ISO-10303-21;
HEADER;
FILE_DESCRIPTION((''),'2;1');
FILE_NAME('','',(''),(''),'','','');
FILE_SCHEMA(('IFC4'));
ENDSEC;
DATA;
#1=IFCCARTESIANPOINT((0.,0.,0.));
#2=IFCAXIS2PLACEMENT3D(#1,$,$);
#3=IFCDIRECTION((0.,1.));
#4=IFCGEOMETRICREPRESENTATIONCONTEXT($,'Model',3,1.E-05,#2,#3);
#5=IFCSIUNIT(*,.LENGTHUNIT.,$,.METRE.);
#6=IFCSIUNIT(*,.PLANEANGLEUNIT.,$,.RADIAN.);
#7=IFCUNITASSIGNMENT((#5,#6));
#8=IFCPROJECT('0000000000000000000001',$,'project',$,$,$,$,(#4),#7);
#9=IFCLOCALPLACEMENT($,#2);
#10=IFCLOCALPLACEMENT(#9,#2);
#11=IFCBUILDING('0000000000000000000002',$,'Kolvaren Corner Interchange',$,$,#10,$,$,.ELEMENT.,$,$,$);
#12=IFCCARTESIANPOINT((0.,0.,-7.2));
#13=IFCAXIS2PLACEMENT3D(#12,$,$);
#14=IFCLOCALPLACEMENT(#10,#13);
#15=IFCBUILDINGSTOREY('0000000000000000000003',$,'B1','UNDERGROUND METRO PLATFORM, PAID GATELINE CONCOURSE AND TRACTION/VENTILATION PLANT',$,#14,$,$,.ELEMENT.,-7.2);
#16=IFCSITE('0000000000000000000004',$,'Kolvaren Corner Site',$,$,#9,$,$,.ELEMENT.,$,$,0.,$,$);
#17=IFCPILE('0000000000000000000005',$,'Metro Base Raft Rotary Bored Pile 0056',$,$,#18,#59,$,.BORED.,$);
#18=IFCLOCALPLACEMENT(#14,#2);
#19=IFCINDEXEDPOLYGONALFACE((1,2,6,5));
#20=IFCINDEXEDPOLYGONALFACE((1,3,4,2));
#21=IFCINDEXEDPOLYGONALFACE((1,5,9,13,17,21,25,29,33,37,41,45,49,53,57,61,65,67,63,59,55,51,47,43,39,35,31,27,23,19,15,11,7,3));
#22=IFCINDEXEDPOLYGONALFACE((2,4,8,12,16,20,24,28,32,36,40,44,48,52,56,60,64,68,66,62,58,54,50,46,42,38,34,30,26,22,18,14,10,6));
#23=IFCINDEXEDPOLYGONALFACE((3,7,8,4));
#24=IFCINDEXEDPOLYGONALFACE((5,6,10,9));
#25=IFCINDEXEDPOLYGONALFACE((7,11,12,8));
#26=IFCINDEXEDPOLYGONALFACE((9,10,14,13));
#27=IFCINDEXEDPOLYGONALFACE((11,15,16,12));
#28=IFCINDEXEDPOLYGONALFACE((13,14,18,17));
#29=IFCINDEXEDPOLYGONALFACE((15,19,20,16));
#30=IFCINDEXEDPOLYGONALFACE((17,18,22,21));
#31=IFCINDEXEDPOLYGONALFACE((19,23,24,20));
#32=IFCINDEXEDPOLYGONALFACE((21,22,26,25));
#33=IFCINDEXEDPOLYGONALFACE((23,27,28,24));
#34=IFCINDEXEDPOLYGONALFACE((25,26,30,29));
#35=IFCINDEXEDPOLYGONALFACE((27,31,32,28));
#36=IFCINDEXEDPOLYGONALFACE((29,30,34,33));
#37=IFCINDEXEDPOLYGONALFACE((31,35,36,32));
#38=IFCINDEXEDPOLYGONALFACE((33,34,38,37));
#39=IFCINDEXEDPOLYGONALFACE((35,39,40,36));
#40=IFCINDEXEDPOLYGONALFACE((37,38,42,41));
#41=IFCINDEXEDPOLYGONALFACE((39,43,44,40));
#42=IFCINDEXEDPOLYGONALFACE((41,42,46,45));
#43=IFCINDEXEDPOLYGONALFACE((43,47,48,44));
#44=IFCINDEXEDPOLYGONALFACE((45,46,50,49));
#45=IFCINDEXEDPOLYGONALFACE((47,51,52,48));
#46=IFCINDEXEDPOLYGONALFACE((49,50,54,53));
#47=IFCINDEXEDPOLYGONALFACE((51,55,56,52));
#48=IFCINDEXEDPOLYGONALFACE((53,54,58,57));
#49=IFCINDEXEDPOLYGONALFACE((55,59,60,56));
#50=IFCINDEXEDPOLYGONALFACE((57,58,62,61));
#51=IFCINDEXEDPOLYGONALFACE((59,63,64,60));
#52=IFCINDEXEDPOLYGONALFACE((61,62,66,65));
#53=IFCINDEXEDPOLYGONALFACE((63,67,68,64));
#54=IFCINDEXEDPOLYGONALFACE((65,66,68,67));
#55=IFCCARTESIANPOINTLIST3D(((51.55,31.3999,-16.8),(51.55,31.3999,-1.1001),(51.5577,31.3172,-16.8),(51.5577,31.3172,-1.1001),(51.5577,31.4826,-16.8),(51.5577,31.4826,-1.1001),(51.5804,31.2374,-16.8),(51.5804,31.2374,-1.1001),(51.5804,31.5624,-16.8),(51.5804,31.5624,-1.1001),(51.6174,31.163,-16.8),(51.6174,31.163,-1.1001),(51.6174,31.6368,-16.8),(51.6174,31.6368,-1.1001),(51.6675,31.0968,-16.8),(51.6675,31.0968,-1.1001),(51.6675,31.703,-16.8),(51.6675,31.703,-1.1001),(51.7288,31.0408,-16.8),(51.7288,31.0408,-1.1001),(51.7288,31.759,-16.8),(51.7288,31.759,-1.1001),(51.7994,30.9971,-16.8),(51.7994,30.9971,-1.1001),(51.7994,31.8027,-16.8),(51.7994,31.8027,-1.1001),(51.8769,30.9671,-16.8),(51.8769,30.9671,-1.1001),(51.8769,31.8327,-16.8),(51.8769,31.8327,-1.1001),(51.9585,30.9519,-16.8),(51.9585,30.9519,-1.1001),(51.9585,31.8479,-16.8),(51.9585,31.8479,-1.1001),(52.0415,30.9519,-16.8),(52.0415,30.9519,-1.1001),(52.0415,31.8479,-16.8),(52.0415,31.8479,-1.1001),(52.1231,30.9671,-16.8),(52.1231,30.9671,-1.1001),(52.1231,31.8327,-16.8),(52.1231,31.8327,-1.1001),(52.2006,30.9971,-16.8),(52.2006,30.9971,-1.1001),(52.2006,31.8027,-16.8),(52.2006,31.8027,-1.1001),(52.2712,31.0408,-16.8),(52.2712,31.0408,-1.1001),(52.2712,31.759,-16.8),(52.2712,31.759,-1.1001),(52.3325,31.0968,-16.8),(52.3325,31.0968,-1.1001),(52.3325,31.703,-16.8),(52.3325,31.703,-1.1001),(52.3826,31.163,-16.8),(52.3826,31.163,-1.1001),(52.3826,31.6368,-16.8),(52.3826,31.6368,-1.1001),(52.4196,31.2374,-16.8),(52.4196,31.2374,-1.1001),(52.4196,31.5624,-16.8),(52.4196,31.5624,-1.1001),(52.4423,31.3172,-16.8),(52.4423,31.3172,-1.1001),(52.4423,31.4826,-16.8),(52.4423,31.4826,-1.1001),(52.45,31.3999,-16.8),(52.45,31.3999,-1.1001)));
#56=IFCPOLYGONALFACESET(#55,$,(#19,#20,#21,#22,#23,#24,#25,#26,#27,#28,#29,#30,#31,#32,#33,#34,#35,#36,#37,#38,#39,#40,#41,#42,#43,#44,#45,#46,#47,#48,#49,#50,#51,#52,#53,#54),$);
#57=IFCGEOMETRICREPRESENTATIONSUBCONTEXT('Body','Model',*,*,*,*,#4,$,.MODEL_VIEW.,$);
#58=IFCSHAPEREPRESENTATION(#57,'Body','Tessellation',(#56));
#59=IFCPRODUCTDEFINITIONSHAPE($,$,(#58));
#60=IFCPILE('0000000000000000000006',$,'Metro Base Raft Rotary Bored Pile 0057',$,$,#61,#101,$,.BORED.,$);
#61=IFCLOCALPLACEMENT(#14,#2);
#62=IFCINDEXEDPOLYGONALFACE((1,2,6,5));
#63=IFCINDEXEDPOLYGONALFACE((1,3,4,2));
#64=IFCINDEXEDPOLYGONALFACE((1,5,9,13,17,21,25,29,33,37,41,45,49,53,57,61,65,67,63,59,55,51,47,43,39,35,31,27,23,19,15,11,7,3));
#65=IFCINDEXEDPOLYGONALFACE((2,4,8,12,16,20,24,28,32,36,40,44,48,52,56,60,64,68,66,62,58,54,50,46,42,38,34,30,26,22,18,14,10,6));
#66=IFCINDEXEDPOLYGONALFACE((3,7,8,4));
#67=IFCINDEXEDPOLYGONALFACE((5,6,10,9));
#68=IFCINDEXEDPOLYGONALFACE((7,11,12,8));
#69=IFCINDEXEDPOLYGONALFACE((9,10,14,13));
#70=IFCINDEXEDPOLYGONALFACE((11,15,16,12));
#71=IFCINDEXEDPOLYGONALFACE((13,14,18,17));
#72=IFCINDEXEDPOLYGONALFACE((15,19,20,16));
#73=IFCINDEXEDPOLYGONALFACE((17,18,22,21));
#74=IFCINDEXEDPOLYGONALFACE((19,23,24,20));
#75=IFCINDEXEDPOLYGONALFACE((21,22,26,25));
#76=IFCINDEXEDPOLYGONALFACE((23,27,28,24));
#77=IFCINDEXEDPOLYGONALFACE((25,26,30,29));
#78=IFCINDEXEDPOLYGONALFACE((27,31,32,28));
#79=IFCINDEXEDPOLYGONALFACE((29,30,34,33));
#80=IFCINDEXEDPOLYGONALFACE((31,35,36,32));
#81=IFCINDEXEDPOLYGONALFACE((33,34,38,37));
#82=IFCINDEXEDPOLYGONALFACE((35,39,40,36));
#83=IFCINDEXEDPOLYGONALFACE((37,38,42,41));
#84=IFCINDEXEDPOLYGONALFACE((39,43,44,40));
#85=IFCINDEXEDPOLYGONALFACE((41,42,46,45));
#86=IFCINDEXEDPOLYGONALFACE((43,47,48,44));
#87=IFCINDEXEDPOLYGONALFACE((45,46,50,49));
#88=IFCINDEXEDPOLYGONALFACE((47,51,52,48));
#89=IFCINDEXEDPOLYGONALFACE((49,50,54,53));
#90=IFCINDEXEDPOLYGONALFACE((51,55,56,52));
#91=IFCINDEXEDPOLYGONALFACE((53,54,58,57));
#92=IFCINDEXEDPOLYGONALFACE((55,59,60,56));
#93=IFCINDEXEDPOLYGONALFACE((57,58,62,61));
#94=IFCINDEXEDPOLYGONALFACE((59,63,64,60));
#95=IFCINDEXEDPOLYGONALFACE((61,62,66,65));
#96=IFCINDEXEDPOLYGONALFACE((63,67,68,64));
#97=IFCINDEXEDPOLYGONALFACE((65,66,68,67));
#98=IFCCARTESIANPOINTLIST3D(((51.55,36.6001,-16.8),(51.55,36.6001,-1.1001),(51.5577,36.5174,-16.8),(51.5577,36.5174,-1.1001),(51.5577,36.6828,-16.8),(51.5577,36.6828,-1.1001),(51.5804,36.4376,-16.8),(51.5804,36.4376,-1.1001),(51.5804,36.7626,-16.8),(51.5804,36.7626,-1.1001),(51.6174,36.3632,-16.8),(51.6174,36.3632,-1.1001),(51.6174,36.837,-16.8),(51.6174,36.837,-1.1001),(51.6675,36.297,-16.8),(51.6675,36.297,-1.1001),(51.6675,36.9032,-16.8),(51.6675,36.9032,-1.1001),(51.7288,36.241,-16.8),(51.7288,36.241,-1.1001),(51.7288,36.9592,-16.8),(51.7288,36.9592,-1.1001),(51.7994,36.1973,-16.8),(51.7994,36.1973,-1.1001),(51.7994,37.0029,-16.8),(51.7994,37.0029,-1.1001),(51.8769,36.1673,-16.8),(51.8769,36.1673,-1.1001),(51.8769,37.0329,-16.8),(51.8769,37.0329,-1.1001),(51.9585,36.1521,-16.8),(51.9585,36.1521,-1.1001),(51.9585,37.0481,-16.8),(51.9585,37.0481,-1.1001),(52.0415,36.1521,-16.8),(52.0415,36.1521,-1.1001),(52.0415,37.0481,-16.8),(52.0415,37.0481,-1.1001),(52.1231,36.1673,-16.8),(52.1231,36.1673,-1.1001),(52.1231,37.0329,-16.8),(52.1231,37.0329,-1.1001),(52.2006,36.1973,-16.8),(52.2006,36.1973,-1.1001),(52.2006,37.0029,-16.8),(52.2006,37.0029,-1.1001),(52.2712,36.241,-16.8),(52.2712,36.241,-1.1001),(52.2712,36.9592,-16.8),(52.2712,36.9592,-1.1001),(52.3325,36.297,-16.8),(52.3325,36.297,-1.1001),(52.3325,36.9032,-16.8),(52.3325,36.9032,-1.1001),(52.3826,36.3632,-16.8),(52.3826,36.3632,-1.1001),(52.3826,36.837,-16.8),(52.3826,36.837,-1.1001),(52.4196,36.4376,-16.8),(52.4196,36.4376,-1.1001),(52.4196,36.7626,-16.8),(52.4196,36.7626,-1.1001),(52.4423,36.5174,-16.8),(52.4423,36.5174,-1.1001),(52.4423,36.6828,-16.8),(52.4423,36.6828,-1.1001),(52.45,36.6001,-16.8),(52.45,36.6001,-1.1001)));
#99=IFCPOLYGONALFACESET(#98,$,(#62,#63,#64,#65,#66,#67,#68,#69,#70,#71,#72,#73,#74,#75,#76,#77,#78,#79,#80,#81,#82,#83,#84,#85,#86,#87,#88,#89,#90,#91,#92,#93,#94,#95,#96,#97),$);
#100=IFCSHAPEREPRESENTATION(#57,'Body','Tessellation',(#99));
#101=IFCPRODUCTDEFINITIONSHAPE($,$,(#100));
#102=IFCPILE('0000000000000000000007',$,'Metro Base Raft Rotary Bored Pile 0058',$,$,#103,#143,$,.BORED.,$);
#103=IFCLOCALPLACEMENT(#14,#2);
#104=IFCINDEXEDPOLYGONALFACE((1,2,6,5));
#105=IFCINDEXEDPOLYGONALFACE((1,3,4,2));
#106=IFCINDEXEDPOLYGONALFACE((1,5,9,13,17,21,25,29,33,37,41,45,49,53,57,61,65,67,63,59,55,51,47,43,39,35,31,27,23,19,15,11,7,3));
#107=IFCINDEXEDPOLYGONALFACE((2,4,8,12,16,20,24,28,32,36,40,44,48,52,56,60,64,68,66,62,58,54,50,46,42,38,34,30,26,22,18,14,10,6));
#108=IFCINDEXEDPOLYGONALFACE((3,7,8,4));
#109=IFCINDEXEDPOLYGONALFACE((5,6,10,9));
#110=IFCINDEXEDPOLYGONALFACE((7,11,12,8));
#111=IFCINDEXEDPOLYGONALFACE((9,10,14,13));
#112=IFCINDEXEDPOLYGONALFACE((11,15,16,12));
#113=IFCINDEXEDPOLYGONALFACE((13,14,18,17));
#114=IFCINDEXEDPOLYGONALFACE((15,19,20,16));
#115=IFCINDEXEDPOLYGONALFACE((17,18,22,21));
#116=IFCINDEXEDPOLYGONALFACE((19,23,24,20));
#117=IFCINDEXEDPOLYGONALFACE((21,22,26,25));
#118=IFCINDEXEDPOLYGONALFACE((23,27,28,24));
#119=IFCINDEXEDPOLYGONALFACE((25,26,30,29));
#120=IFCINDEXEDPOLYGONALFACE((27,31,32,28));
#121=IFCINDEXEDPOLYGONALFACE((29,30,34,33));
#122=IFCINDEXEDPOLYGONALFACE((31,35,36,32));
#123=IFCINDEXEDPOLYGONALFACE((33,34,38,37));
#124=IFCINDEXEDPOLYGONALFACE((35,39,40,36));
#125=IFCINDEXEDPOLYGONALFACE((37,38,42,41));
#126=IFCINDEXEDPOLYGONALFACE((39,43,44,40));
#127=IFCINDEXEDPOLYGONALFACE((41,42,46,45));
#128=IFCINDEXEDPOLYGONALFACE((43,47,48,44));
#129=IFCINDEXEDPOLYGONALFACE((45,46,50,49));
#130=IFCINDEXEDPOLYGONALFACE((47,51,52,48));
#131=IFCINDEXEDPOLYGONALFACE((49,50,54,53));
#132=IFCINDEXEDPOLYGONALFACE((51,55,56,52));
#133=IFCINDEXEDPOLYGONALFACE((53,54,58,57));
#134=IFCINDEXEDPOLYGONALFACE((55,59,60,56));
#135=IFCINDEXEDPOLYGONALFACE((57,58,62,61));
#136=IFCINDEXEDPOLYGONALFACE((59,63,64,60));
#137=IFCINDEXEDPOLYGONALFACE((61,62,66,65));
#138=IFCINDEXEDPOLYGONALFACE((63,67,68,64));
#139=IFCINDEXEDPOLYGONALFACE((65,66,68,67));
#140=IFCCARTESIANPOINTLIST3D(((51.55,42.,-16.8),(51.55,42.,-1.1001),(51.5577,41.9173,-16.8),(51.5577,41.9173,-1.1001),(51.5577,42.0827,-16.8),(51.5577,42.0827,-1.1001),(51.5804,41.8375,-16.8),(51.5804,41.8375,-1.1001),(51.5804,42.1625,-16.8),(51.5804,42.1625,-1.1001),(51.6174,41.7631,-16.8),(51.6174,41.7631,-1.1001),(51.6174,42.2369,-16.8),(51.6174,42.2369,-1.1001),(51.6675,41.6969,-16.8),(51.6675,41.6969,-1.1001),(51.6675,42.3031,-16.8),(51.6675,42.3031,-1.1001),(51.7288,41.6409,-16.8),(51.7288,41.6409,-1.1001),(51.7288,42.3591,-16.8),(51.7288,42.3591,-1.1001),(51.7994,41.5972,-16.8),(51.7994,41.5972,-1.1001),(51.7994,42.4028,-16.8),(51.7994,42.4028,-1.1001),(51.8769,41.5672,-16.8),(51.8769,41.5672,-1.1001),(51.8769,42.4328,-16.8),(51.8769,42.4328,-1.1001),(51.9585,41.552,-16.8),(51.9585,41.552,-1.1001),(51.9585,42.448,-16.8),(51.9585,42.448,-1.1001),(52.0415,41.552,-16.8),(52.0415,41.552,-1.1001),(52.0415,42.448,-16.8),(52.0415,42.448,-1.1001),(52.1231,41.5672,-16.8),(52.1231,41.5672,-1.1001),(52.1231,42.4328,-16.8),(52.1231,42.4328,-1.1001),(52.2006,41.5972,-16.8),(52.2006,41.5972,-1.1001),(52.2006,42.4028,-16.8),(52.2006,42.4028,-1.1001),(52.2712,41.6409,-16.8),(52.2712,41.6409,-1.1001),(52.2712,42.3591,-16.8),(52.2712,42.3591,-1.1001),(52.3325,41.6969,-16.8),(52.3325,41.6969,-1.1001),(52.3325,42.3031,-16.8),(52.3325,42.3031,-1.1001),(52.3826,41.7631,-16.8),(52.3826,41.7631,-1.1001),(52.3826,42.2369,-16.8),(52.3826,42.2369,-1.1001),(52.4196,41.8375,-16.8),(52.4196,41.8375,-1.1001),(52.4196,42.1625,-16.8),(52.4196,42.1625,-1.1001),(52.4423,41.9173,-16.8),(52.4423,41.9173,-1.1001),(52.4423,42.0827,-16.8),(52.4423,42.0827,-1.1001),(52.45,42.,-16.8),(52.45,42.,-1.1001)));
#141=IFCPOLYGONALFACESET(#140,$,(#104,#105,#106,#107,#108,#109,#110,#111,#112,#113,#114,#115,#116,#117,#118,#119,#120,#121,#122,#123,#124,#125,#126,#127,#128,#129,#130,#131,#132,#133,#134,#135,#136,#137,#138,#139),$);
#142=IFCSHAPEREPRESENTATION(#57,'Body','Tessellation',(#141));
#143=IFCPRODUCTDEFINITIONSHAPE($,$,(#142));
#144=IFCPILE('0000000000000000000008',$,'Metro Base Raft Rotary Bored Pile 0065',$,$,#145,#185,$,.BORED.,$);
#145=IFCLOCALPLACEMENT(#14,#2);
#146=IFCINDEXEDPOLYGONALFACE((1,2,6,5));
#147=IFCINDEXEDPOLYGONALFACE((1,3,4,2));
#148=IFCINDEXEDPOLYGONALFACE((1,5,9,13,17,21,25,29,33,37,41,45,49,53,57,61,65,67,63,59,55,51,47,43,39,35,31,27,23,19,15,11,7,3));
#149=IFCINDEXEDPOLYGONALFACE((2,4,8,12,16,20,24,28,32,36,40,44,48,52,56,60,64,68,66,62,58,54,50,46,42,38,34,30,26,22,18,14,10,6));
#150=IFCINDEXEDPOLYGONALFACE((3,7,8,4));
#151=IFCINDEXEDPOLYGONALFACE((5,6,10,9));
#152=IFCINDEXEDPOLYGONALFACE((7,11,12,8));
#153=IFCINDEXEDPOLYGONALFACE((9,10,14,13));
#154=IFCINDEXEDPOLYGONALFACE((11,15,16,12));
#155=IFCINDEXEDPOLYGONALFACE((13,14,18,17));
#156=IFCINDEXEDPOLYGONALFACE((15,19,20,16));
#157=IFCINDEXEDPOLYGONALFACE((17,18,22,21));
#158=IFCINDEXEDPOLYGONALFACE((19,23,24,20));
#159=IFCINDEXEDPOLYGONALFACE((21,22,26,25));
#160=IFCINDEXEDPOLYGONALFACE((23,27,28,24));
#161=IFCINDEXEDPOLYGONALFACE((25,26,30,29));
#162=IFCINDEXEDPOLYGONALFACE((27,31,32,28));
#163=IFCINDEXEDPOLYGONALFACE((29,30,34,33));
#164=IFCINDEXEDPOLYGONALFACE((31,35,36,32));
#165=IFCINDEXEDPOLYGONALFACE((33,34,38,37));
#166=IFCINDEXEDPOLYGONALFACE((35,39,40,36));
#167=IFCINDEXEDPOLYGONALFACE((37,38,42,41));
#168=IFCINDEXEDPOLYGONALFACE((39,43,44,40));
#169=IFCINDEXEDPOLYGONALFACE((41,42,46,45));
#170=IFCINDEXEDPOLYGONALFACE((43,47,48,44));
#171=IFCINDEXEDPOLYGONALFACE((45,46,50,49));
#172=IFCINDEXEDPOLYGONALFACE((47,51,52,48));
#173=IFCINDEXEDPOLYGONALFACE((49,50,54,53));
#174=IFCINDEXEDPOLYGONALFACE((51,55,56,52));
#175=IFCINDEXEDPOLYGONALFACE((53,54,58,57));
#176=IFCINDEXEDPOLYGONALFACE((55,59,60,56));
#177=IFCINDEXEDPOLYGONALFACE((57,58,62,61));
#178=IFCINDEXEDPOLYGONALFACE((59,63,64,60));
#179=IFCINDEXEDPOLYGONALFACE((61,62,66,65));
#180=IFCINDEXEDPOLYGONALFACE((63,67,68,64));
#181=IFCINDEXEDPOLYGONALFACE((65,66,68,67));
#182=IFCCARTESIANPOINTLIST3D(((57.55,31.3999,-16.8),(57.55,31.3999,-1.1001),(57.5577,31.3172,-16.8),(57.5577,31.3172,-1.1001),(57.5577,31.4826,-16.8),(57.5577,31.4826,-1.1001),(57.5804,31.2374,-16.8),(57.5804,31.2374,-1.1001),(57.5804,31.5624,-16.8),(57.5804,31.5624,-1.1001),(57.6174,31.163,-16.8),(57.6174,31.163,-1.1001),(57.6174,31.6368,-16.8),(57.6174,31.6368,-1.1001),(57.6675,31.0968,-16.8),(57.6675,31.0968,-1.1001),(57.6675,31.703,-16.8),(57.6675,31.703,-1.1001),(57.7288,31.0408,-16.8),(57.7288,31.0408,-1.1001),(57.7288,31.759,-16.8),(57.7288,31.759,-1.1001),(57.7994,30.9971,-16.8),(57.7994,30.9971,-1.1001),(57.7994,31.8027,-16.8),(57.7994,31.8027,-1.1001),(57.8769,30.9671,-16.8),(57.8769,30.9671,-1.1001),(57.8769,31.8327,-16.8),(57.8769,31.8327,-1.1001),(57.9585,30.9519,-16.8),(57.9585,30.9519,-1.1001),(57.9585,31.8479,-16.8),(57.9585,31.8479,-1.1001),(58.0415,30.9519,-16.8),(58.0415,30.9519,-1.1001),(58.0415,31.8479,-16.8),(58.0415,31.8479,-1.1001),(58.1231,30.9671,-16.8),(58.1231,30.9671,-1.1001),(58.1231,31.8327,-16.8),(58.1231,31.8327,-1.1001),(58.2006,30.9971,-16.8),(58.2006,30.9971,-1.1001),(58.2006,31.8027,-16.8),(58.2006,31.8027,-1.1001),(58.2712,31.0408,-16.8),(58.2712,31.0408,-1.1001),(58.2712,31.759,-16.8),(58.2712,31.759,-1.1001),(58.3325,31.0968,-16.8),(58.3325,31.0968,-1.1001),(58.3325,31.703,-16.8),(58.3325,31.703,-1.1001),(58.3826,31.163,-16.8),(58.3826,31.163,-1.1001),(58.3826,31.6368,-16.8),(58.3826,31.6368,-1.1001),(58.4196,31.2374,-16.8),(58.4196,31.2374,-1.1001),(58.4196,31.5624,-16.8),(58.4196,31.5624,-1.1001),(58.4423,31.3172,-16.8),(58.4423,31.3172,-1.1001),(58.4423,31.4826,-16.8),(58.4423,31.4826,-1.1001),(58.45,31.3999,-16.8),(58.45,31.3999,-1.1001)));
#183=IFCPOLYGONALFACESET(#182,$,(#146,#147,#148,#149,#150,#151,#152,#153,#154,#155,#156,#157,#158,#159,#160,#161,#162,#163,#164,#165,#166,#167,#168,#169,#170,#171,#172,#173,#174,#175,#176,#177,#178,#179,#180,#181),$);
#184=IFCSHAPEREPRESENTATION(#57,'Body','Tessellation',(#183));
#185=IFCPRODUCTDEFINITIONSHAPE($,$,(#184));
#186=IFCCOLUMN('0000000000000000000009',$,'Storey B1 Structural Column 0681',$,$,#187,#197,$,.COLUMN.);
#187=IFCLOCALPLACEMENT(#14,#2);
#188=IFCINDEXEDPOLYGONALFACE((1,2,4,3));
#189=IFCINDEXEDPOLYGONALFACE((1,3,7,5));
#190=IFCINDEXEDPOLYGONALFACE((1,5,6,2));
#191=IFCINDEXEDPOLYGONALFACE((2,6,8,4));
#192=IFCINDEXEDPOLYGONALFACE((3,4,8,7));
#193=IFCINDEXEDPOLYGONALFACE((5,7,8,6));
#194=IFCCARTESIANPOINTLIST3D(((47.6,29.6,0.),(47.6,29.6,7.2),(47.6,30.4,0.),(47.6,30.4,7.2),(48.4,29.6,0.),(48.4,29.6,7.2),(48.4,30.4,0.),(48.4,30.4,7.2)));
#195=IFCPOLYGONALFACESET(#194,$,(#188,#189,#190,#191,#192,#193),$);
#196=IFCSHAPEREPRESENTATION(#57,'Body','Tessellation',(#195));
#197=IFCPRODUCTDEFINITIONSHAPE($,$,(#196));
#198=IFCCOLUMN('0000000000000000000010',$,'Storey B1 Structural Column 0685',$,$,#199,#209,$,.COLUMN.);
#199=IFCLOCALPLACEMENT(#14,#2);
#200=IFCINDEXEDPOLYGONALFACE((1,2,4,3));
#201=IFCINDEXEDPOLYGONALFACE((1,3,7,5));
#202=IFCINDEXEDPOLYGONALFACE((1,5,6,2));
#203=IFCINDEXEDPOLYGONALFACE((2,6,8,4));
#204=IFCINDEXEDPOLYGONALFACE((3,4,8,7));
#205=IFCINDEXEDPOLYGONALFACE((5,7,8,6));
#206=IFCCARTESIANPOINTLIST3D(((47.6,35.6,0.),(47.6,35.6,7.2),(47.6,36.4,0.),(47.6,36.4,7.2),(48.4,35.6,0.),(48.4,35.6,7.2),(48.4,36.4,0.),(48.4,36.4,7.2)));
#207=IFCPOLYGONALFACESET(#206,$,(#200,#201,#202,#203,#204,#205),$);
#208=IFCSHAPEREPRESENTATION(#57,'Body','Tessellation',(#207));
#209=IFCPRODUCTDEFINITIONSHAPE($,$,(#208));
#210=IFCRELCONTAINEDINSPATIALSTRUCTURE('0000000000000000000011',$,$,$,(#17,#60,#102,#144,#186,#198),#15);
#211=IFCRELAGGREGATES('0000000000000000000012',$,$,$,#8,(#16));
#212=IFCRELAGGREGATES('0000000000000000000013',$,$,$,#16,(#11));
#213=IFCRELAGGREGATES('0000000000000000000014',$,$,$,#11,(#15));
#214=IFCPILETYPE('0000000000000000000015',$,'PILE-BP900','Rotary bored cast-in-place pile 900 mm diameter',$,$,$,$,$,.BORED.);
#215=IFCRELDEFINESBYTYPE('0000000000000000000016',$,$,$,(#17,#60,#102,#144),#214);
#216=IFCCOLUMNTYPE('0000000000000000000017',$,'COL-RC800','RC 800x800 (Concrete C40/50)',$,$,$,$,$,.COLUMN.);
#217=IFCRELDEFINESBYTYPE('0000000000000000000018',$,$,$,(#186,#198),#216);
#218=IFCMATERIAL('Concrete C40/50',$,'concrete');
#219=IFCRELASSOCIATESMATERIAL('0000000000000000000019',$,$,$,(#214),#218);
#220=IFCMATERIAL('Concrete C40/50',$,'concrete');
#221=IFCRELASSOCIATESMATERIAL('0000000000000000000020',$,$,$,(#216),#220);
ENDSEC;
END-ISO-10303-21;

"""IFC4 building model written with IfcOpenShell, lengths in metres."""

from ifc_helpers import new_model, si_unit, direction, frame, origin, origin_2d, place, context, subcontext, project, spatial, rectangle, circle, extrude, material, material_profile, profile_set, type_object, element, save


model = new_model("IFC4")

# Units and contexts
model_context = context("Model", 3, precision=1e-05, world=origin(), true_north=direction((0.0, 1.0)))
body_context = subcontext(model_context, "Body", "Model", "MODEL_VIEW")
ifc_project = project(units=[si_unit("LENGTHUNIT", "METRE"), si_unit("PLANEANGLEUNIT", "RADIAN")], contexts=[model_context])

# Site, building, storey
site_placement = place(None, origin())
site = spatial("IfcSite", under=ifc_project, at=site_placement, Name="Kolvaren Corner Site", CompositionType="ELEMENT", RefElevation=0.0)
building_placement = place(site_placement, origin())
building = spatial("IfcBuilding", under=site, at=building_placement, Name="Kolvaren Corner Interchange", CompositionType="ELEMENT")
storey_placement = place(building_placement, frame((0.0, 0.0, -7.2)))
storey = spatial("IfcBuildingStorey", under=building, at=storey_placement, Name="B1", Description="UNDERGROUND METRO PLATFORM, PAID GATELINE CONCOURSE AND TRACTION/VENTILATION PLANT", CompositionType="ELEMENT", Elevation=-7.2)

# Piles
ifc_material_1 = material(Name="Concrete C40/50", Category="concrete")
ifc_material_profile_1 = material_profile(ifc_material_1, circle(Radius=0.45, at=origin_2d()), Name="BORED PILE 900")
ifc_profile_set_1 = profile_set([ifc_material_profile_1], Name="Concrete C40/50")
pile_type = type_object("IfcPileType", Name="PILE-BP900", Description="Rotary bored cast-in-place pile 900 mm diameter", PredefinedType="BORED", material=ifc_profile_set_1)
for number, where, z_axis, x_axis, name in (
    (1, (52.0, 31.3999, -1.1001), (0.0, 0.0, -1.0), (1.0, 0.0, 0.0), "Metro Base Raft Rotary Bored Pile 0056"),
    (2, (52.0, 36.6001, -1.1001), (0.0, 0.0, -1.0), (1.0, 0.0, 0.0), "Metro Base Raft Rotary Bored Pile 0057"),
    (3, (52.0, 42.0, -1.1001), (0.0, 0.0, -1.0), (1.0, 0.0, 0.0), "Metro Base Raft Rotary Bored Pile 0058"),
    (4, (58.0, 31.3999, -1.1001), (0.0, 0.0, -1.0), (1.0, 0.0, 0.0), "Metro Base Raft Rotary Bored Pile 0065"),
):
    element("IfcPile", number, at=place(storey_placement, frame(where, z_axis=z_axis, x_axis=x_axis)), inside=storey, type_object=pile_type, Name=name, PredefinedType="BORED", context=body_context, shape_type="SweptSolid", body=[
        extrude(circle(Radius=0.45, at=origin_2d()), origin(), (0.0, 0.0, 1.0), 15.7),
    ])

# Columns
ifc_material_2 = material(Name="Concrete C40/50", Category="concrete")
ifc_material_profile_2 = material_profile(ifc_material_2, rectangle(XDim=0.8, YDim=0.8, at=origin_2d()), Name="RC 800x800")
ifc_profile_set_2 = profile_set([ifc_material_profile_2], Name="Concrete C40/50")
column_type = type_object("IfcColumnType", Name="COL-RC800", Description="RC 800x800 (Concrete C40/50)", PredefinedType="COLUMN", material=ifc_profile_set_2)
for number, where, z_axis, x_axis, name in (
    (5, (48.0, 30.0, 0.0), (0.0, 0.0, 1.0), (1.0, 0.0, 0.0), "Storey B1 Structural Column 0681"),
    (6, (48.0, 36.0, 0.0), (0.0, 0.0, 1.0), (1.0, 0.0, 0.0), "Storey B1 Structural Column 0685"),
):
    element("IfcColumn", number, at=place(storey_placement, frame(where, z_axis=z_axis, x_axis=x_axis)), inside=storey, type_object=column_type, Name=name, PredefinedType="COLUMN", context=body_context, shape_type="SweptSolid", body=[
        extrude(rectangle(XDim=0.8, YDim=0.8, at=origin_2d()), origin(), (0.0, 0.0, 1.0), 7.2),
    ])

save(model, "model.ifc")
